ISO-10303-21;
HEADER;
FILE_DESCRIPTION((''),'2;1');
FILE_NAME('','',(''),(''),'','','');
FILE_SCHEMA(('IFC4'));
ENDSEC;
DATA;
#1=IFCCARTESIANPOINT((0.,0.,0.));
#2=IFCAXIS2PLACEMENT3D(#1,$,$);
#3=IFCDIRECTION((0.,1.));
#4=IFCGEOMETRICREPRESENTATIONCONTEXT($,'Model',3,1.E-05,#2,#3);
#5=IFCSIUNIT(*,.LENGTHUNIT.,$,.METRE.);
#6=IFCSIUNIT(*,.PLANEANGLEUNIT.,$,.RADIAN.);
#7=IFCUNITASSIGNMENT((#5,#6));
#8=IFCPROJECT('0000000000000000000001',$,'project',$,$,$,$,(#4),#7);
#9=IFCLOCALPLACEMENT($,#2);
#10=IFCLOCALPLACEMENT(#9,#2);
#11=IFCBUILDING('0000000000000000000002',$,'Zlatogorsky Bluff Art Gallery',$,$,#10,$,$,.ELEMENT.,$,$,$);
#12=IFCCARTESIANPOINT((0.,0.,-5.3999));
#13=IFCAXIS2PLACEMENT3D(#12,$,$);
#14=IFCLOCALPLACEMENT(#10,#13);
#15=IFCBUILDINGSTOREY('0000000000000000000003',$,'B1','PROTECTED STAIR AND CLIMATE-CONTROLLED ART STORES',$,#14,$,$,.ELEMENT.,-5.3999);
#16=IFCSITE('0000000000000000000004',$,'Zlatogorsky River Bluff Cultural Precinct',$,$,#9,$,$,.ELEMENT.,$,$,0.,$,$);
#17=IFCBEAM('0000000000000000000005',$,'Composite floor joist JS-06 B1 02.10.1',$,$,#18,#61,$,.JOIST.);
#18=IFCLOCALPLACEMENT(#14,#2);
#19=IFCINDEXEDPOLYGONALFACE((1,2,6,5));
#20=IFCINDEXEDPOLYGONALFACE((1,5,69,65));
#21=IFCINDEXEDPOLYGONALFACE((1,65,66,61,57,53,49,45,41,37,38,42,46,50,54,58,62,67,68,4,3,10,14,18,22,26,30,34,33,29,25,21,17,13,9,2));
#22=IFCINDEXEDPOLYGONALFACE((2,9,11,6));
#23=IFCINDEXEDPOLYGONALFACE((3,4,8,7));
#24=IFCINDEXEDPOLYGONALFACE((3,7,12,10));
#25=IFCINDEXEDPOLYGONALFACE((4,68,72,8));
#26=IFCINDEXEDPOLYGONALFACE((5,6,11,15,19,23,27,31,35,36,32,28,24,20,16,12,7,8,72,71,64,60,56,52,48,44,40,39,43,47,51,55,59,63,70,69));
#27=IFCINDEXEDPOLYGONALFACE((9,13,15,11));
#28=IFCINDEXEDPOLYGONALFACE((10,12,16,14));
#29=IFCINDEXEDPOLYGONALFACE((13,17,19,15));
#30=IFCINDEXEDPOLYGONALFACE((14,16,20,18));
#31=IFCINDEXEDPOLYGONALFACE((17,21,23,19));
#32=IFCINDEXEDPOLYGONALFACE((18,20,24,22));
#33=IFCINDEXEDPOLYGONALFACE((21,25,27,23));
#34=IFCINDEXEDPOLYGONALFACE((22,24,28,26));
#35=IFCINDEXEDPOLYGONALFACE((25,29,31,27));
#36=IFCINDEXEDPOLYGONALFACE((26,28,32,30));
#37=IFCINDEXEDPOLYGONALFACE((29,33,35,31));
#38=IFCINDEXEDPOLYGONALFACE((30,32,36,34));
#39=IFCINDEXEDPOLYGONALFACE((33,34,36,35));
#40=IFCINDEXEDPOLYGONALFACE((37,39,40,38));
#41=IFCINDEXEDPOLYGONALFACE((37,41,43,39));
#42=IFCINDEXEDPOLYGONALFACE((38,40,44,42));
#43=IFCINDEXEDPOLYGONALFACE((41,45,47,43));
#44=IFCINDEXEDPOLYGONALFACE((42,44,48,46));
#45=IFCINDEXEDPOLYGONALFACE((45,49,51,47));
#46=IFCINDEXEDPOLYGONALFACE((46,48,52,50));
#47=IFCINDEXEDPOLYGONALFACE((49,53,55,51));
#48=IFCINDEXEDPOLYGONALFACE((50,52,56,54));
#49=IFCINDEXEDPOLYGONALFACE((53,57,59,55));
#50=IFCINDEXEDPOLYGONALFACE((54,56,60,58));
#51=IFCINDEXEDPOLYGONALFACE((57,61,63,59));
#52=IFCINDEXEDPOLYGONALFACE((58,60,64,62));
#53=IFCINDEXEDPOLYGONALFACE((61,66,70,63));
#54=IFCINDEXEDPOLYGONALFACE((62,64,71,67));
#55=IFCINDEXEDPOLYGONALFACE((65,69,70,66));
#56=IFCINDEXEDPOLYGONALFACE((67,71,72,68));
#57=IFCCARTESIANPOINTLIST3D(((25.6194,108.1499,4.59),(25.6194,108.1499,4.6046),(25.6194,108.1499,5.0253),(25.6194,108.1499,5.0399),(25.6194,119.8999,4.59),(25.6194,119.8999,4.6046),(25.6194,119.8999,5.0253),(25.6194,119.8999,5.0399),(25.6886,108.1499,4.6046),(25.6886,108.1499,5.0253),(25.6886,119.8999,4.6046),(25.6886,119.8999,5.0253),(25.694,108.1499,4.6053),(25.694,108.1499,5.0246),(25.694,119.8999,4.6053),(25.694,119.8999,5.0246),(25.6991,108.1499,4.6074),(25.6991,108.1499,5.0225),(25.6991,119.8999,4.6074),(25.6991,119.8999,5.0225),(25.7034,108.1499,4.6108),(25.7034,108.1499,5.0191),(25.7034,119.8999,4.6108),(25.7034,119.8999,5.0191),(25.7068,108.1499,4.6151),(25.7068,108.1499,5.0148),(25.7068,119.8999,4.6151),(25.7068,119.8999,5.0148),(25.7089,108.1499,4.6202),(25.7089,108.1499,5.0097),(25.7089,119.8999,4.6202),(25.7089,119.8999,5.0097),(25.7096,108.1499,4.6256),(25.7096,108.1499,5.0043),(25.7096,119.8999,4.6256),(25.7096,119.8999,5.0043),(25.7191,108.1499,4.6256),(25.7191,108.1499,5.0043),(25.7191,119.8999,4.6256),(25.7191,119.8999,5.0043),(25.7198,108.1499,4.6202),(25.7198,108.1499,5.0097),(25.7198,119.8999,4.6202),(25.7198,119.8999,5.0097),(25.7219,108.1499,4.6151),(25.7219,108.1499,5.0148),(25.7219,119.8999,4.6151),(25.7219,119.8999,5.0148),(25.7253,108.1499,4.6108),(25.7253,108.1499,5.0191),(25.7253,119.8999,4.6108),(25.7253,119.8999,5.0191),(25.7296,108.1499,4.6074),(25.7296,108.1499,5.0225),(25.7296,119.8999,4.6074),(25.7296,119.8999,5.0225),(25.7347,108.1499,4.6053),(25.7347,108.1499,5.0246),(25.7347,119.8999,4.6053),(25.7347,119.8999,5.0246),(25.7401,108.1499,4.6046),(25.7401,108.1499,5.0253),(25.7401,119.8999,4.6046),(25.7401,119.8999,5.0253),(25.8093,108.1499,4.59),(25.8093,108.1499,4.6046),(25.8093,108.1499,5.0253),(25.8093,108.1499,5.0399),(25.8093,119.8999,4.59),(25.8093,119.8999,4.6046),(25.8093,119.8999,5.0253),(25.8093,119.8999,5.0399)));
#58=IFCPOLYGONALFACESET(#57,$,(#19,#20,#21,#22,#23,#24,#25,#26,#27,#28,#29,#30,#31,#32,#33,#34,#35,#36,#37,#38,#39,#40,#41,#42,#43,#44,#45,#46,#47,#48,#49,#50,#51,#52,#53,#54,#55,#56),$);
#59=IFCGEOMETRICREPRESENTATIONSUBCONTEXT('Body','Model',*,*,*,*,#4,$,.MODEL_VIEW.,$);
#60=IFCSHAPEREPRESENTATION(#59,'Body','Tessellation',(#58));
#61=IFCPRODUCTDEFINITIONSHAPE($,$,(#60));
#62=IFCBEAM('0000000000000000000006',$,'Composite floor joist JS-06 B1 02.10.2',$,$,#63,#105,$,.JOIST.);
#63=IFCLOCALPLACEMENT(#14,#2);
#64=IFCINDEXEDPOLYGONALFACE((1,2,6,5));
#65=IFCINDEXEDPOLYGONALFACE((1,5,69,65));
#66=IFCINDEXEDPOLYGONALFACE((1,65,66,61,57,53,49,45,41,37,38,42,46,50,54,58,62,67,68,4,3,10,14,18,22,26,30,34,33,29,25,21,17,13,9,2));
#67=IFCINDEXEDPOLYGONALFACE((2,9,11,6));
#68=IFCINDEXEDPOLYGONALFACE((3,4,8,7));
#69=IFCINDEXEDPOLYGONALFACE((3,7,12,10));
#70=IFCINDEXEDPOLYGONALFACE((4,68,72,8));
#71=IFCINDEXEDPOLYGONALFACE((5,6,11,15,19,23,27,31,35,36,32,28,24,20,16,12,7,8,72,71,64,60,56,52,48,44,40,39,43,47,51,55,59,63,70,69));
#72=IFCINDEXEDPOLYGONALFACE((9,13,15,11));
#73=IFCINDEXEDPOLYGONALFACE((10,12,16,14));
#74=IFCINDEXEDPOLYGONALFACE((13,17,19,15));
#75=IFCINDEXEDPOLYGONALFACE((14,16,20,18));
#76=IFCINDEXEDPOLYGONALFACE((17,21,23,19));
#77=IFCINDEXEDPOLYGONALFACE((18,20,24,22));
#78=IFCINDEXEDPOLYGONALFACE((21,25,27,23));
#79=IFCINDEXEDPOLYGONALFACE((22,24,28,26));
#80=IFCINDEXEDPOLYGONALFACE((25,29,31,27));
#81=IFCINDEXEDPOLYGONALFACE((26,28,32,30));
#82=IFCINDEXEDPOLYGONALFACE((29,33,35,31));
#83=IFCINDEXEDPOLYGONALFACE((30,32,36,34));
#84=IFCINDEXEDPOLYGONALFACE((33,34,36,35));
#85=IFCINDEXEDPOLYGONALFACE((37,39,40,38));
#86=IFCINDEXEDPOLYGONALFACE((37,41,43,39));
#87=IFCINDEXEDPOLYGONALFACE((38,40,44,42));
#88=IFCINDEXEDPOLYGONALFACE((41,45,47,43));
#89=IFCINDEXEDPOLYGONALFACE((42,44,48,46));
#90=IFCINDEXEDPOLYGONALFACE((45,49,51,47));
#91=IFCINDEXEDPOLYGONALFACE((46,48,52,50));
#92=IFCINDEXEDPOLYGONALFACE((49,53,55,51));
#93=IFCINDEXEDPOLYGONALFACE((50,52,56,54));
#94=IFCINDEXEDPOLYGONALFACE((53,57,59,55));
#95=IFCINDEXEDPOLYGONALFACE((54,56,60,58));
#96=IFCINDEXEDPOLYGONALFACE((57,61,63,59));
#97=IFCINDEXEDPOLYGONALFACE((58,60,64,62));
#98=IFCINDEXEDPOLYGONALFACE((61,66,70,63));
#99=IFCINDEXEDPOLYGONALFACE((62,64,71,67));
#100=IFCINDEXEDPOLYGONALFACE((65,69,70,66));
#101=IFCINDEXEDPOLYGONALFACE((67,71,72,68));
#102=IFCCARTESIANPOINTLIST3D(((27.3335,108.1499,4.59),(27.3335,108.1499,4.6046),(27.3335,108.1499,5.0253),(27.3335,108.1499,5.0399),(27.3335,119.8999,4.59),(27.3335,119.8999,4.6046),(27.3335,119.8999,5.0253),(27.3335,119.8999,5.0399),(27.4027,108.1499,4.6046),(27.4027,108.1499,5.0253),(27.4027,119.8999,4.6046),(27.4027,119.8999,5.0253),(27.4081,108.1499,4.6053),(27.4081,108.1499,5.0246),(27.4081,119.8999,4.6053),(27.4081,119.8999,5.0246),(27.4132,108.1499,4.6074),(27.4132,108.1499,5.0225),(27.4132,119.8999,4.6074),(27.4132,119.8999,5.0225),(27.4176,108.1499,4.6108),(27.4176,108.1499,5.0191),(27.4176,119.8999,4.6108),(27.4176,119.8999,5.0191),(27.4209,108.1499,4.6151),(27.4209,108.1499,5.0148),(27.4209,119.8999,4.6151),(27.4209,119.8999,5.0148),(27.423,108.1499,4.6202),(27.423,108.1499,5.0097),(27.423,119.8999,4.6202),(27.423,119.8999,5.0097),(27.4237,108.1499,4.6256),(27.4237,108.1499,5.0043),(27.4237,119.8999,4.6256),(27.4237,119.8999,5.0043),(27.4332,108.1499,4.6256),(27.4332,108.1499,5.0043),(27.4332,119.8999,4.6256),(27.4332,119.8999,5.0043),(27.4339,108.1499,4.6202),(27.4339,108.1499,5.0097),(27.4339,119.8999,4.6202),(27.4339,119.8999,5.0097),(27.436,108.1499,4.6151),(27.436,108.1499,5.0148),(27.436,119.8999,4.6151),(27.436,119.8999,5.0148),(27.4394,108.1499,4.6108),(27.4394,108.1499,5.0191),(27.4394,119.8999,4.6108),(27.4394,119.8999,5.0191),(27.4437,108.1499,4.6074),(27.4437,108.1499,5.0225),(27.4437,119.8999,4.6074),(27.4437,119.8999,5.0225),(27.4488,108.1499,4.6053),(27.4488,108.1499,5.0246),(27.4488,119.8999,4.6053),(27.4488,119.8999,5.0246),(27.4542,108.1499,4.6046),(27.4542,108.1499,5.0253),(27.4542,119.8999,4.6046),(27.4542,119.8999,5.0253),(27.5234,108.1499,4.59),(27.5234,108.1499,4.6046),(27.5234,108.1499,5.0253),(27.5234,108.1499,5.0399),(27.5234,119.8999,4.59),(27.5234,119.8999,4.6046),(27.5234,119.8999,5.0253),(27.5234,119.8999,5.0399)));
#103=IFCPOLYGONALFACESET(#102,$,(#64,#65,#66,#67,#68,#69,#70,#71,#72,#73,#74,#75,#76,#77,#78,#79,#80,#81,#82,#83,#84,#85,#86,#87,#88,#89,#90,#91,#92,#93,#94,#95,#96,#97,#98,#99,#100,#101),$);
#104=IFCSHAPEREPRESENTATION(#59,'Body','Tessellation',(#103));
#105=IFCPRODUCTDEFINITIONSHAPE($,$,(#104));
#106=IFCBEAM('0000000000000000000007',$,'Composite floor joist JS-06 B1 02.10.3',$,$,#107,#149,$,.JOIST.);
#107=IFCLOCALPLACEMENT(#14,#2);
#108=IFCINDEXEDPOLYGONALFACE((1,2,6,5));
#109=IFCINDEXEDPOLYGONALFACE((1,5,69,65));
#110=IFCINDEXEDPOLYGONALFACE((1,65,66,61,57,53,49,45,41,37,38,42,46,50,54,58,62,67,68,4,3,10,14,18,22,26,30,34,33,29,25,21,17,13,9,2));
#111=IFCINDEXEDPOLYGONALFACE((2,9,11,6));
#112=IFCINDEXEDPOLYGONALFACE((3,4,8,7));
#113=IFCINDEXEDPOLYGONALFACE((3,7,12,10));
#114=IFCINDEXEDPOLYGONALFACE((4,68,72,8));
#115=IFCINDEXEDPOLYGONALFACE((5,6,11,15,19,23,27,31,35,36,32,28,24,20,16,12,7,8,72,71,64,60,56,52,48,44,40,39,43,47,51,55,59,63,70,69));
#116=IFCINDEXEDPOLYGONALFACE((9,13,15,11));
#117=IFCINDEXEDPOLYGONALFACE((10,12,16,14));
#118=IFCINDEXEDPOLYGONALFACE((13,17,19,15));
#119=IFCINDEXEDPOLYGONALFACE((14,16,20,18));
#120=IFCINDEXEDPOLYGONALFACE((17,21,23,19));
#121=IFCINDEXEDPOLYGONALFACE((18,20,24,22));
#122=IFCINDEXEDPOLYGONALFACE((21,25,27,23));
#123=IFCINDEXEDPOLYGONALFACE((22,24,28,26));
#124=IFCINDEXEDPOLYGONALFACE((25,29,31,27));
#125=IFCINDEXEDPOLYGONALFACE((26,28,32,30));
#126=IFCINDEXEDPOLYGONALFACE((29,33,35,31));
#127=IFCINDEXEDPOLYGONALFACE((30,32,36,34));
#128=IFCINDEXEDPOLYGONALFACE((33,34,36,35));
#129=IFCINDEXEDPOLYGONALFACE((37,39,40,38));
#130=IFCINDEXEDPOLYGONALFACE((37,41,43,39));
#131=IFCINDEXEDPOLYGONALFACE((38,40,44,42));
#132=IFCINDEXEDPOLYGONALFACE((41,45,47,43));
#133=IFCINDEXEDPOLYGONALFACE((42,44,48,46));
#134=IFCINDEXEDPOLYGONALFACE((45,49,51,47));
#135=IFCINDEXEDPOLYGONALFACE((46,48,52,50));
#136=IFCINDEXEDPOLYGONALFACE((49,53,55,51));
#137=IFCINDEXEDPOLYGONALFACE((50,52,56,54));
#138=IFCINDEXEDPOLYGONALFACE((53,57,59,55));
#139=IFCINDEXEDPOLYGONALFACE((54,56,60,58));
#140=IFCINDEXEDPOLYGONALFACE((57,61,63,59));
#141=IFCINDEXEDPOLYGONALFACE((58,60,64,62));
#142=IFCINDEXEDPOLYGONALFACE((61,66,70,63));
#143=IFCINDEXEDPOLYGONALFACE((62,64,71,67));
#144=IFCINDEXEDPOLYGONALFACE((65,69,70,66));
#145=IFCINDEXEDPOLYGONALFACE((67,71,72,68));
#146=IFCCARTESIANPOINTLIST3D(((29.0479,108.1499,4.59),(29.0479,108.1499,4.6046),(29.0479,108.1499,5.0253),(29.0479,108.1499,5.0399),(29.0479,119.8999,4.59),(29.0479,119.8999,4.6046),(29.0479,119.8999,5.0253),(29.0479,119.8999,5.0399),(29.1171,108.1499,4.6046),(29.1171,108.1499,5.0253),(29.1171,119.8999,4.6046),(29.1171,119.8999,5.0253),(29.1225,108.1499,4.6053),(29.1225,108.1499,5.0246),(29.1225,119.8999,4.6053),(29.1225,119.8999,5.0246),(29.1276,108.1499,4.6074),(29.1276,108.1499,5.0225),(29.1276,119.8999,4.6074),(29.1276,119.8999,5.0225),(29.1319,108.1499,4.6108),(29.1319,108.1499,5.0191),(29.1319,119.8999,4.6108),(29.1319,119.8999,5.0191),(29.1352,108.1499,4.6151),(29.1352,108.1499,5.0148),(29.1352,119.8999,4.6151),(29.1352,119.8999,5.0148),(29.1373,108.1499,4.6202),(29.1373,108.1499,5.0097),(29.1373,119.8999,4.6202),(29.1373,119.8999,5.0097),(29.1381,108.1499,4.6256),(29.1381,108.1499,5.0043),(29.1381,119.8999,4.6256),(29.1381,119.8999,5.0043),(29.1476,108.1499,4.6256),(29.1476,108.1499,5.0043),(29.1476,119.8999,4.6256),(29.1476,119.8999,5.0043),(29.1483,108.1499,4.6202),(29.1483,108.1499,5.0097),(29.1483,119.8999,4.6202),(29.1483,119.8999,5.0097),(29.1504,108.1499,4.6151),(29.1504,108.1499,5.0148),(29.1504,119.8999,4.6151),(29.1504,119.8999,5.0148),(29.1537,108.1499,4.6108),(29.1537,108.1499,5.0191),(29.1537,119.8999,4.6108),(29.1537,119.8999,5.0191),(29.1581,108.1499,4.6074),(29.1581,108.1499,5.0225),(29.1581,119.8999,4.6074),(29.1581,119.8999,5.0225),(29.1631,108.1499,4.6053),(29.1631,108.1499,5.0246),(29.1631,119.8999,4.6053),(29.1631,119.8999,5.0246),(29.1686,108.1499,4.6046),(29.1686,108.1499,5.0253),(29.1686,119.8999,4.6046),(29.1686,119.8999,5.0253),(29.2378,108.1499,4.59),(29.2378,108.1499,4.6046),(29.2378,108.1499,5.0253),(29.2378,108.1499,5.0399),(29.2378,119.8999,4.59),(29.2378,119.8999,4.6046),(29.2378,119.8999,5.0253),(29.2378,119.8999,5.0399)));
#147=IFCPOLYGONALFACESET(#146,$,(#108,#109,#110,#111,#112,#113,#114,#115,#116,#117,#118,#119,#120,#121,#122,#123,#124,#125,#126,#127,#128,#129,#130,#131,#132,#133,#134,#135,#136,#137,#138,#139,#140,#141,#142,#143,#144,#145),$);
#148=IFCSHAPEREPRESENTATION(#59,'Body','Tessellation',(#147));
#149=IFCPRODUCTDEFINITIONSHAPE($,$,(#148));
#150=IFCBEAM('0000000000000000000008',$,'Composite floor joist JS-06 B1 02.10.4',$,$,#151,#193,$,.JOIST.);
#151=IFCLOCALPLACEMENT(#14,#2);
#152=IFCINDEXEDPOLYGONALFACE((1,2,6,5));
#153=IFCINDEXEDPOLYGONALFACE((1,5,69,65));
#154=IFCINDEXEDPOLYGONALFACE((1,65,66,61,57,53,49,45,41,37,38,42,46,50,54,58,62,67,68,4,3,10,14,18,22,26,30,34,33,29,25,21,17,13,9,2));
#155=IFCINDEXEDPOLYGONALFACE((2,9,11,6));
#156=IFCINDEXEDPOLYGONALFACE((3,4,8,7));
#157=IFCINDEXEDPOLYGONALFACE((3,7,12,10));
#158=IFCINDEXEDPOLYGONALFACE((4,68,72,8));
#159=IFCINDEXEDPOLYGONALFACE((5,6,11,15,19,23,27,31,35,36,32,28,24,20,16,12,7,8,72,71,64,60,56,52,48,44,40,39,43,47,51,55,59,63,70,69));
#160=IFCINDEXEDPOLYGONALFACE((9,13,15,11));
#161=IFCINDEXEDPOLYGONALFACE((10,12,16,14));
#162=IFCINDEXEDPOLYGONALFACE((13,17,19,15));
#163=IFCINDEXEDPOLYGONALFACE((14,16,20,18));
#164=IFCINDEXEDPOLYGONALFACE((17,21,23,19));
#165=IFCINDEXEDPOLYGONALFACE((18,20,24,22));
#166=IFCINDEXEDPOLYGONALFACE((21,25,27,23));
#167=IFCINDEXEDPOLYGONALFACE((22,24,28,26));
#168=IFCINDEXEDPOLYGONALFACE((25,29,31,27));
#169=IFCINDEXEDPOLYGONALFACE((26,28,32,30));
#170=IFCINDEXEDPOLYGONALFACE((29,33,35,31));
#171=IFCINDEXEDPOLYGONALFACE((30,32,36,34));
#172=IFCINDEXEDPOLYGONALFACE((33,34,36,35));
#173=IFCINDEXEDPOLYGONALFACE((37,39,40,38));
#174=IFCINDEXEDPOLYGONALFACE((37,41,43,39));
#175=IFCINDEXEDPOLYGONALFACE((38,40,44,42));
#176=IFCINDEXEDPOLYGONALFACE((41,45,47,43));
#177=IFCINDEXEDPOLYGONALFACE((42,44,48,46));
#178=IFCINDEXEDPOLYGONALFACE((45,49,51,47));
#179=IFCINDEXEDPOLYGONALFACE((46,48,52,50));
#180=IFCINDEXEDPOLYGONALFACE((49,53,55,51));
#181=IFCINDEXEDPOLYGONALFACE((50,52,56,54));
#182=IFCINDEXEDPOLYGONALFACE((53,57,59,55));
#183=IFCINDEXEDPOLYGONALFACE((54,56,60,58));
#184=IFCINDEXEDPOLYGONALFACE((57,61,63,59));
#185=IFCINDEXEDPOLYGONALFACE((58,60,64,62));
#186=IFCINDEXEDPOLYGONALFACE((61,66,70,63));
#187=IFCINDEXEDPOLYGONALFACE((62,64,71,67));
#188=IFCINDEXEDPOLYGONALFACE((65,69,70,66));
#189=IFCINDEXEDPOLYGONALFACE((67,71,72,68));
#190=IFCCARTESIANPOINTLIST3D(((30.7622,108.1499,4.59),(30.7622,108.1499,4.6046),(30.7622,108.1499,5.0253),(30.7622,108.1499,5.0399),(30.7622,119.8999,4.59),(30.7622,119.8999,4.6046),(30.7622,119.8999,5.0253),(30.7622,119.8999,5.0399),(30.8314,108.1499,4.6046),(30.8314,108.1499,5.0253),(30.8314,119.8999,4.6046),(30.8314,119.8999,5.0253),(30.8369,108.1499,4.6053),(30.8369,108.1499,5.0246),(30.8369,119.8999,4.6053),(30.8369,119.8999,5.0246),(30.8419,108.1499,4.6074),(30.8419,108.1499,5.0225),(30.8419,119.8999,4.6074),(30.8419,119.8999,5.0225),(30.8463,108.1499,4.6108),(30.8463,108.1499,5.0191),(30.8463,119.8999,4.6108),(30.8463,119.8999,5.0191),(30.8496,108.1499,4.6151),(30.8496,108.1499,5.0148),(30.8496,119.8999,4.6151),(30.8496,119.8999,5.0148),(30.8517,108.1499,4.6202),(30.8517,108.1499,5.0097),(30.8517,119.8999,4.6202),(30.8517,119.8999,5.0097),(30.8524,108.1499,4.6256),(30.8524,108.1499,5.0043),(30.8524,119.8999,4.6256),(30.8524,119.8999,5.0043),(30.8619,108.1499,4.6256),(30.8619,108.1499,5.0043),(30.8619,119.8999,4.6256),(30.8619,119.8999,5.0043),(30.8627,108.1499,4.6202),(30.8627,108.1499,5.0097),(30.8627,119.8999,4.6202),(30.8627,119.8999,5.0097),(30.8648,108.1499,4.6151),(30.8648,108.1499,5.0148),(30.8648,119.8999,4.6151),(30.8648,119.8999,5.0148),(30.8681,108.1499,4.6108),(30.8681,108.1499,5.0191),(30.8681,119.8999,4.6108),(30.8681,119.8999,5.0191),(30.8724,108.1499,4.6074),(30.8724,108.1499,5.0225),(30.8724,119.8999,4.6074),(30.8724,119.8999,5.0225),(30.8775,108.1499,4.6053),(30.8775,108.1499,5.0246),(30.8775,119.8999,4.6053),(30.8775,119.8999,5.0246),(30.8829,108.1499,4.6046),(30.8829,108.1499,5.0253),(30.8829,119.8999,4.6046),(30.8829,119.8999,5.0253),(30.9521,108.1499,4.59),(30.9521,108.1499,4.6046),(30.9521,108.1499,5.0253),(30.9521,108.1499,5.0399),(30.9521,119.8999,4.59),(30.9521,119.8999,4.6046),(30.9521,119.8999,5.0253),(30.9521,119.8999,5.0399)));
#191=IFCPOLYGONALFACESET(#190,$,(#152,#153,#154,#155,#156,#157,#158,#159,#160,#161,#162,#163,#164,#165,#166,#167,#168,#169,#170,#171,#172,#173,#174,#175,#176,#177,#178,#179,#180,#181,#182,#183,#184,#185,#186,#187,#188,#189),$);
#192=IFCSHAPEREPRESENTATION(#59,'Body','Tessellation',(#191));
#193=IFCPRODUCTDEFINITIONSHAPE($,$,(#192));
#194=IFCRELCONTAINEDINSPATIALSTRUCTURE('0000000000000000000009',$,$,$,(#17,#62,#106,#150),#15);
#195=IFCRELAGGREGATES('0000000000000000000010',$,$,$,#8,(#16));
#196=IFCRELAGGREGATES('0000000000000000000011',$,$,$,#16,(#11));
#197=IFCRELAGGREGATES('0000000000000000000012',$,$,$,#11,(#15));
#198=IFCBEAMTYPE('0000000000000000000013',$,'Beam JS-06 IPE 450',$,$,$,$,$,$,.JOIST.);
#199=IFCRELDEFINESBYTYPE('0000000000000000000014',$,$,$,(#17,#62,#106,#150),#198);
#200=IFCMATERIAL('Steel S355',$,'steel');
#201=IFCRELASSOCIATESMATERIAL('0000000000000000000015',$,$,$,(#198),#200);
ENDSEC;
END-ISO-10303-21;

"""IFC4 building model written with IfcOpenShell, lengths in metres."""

from ifc_helpers import new_model, si_unit, direction, frame, origin, origin_2d, place, context, subcontext, project, spatial, i_section, extrude, material, material_profile, profile_set, type_object, element, save


model = new_model("IFC4")

# Units and contexts
model_context = context("Model", 3, precision=1e-05, world=origin(), true_north=direction((0.0, 1.0)))
body_context = subcontext(model_context, "Body", "Model", "MODEL_VIEW")
ifc_project = project(units=[si_unit("LENGTHUNIT", "METRE"), si_unit("PLANEANGLEUNIT", "RADIAN")], contexts=[model_context])

# Site, building, storey
site_placement = place(None, origin())
site = spatial("IfcSite", under=ifc_project, at=site_placement, Name="Zlatogorsky River Bluff Cultural Precinct", CompositionType="ELEMENT", RefElevation=0.0)
building_placement = place(site_placement, origin())
building = spatial("IfcBuilding", under=site, at=building_placement, Name="Zlatogorsky Bluff Art Gallery", CompositionType="ELEMENT")
storey_placement = place(building_placement, frame((0.0, 0.0, -5.3999)))
storey = spatial("IfcBuildingStorey", under=building, at=storey_placement, Name="B1", Description="PROTECTED STAIR AND CLIMATE-CONTROLLED ART STORES", CompositionType="ELEMENT", Elevation=-5.3999)

# Shared definitions
ifc_material_1 = material(Name="Steel S355", Category="steel")

# Beams
ifc_material_profile_1 = material_profile(ifc_material_1, i_section(OverallWidth=0.1899, OverallDepth=0.45, WebThickness=0.0095, FlangeThickness=0.0146, FilletRadius=0.021, at=origin_2d()), Name="IPE 450")
ifc_profile_set_1 = profile_set([ifc_material_profile_1], Name="Steel S355")
beam_type_1 = type_object("IfcBeamType", Name="Beam JS-06 IPE 450", PredefinedType="JOIST", material=ifc_profile_set_1)
for number, where, z_axis, x_axis, name in (
    (1, (25.7144, 108.1499, 4.8149), (0.0, 1.0, 0.0), (-1.0, 0.0, 0.0), "Composite floor joist JS-06 B1 02.10.1"),
    (2, (27.4285, 108.1499, 4.8149), (0.0, 1.0, 0.0), (-1.0, 0.0, 0.0), "Composite floor joist JS-06 B1 02.10.2"),
    (3, (29.1428, 108.1499, 4.8149), (0.0, 1.0, 0.0), (-1.0, 0.0, 0.0), "Composite floor joist JS-06 B1 02.10.3"),
    (4, (30.8572, 108.1499, 4.8149), (0.0, 1.0, 0.0), (-1.0, 0.0, 0.0), "Composite floor joist JS-06 B1 02.10.4"),
):
    element("IfcBeam", number, at=place(storey_placement, frame(where, z_axis=z_axis, x_axis=x_axis)), inside=storey, type_object=beam_type_1, Name=name, PredefinedType="JOIST", context=body_context, shape_type="SweptSolid", body=[
        extrude(i_section(OverallWidth=0.1899, OverallDepth=0.45, WebThickness=0.0095, FlangeThickness=0.0146, FilletRadius=0.021, at=origin_2d()), origin(), (0.0, 0.0, 1.0), 11.75),
    ])

save(model, "model.ifc")
